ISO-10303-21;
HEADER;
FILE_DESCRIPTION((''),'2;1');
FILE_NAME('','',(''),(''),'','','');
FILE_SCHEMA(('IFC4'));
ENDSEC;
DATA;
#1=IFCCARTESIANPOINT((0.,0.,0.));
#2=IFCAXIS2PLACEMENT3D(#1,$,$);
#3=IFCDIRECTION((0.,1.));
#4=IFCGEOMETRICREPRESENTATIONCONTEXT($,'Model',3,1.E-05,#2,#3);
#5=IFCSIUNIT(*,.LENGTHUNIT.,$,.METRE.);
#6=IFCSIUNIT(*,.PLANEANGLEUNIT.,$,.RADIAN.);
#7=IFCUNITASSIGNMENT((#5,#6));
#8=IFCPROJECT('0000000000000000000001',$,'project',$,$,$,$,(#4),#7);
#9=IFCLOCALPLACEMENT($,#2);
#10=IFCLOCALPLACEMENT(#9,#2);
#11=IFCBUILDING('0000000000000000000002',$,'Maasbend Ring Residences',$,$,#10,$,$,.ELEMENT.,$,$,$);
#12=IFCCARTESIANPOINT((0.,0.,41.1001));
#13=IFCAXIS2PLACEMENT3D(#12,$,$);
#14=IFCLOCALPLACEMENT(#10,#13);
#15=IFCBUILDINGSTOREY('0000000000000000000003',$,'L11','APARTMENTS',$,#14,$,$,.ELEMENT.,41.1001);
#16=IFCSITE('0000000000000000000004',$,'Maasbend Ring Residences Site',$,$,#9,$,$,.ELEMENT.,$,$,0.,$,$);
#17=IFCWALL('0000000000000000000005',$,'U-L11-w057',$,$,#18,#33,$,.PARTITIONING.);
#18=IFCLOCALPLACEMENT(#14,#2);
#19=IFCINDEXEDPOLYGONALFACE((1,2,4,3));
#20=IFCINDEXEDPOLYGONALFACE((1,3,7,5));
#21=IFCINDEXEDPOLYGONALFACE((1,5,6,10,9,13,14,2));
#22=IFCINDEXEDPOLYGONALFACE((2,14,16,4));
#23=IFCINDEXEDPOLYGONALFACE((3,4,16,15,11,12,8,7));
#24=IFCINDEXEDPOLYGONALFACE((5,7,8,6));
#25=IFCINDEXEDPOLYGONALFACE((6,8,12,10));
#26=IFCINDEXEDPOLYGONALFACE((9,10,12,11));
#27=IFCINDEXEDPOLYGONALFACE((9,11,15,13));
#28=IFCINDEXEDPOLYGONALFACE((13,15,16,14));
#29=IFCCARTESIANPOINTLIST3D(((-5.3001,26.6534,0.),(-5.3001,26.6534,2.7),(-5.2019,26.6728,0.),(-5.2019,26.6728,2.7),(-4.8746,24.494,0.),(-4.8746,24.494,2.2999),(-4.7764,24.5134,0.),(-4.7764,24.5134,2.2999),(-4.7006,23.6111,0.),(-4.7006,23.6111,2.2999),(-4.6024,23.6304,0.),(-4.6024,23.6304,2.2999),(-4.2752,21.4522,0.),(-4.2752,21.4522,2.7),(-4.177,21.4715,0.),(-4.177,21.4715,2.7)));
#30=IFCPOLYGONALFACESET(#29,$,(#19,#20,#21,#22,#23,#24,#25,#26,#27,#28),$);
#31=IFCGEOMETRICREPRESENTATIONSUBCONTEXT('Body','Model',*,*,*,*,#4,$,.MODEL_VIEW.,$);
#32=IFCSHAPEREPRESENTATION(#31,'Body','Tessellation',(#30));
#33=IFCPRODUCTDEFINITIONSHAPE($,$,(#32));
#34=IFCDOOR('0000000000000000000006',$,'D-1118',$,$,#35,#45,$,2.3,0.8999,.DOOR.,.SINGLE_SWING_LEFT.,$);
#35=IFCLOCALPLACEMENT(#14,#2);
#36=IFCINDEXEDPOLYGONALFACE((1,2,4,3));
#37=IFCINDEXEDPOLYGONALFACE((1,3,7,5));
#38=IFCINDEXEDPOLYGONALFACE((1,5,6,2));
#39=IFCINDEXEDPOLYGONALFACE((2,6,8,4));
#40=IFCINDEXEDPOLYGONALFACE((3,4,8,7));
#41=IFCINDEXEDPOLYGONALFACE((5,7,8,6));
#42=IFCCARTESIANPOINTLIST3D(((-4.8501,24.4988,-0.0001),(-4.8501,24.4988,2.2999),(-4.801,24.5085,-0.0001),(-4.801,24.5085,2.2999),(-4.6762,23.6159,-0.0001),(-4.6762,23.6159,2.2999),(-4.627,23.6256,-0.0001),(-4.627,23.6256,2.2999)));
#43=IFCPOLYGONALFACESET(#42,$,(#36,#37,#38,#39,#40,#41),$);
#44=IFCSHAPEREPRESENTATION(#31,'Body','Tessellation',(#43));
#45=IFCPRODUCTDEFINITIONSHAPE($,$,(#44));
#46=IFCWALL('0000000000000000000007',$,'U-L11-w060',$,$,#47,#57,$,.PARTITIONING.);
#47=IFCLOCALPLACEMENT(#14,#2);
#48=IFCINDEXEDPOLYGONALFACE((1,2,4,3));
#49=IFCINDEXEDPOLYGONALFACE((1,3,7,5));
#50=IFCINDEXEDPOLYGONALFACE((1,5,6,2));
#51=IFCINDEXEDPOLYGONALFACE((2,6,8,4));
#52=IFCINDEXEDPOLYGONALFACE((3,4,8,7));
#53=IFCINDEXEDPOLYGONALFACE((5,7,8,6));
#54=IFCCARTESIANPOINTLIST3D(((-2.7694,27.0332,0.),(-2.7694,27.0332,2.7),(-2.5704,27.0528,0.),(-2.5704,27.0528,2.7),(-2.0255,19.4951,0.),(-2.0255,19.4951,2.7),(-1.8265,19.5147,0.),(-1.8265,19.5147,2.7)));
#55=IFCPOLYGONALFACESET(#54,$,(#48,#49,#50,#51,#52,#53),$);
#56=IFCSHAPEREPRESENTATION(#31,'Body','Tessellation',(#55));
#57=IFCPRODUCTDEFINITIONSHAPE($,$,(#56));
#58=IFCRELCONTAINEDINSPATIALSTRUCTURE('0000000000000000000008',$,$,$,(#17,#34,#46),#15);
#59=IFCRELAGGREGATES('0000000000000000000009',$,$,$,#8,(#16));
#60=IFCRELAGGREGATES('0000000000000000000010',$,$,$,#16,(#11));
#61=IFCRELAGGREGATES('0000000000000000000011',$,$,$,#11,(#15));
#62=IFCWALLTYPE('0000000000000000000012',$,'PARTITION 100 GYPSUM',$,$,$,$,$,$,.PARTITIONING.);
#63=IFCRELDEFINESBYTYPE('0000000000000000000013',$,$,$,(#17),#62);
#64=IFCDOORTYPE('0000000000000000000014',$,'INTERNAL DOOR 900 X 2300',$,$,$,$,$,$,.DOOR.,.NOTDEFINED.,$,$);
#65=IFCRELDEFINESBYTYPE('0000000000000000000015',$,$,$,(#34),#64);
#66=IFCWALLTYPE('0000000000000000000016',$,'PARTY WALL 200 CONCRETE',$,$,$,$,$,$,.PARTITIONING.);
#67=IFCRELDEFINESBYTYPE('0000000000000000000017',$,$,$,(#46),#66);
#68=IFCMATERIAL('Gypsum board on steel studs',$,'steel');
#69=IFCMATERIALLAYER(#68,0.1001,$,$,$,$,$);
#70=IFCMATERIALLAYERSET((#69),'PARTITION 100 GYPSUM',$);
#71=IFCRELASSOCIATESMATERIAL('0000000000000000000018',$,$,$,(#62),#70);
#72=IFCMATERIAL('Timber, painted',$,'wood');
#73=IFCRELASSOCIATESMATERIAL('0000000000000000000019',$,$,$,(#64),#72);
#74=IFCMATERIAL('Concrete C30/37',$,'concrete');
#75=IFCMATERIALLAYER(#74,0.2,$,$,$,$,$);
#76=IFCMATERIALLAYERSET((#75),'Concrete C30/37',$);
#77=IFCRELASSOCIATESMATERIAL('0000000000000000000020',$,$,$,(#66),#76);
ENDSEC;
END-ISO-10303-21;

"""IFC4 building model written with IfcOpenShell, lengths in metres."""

from ifc_helpers import new_model, si_unit, direction, frame, frame_2d, origin, place, context, subcontext, project, spatial, rectangle, extrude, material, layer, layer_set, type_object, element, fill, save


model = new_model("IFC4")

# Units and contexts
model_context = context("Model", 3, precision=1e-05, world=origin(), true_north=direction((0.0, 1.0)))
body_context = subcontext(model_context, "Body", "Model", "MODEL_VIEW")
ifc_project = project(units=[si_unit("LENGTHUNIT", "METRE"), si_unit("PLANEANGLEUNIT", "RADIAN")], contexts=[model_context])

# Site, building, storey
site_placement = place(None, origin())
site = spatial("IfcSite", under=ifc_project, at=site_placement, Name="Maasbend Ring Residences Site", CompositionType="ELEMENT", RefElevation=0.0)
building_placement = place(site_placement, origin())
building = spatial("IfcBuilding", under=site, at=building_placement, Name="Maasbend Ring Residences", CompositionType="ELEMENT")
storey_placement = place(building_placement, frame((0.0, 0.0, 41.1001)))
storey = spatial("IfcBuildingStorey", under=building, at=storey_placement, Name="L11", Description="APARTMENTS", CompositionType="ELEMENT", Elevation=41.1001)

# Shared definitions
ifc_material_1 = material(Name="Gypsum board on steel studs", Category="steel")
ifc_layer_1 = layer(ifc_material_1, 0.1001)
ifc_layer_set_1 = layer_set([ifc_layer_1], Name="PARTITION 100 GYPSUM")
wall_type_1 = type_object("IfcWallType", Name="PARTITION 100 GYPSUM", PredefinedType="PARTITIONING", material=ifc_layer_set_1)
ifc_material_2 = material(Name="Timber, painted", Category="wood")
door_type_1 = type_object("IfcDoorType", Name="INTERNAL DOOR 900 X 2300", OperationType="NOTDEFINED", PredefinedType="DOOR", material=ifc_material_2)

# Wall, opening, door
wall_1_placement = place(storey_placement, frame((-5.251, 26.6631, 0.0), z_axis=(0.0, 0.0, 1.0), x_axis=(0.193334, -0.981133, 0.0)))
wall_1 = element("IfcWall", 1, at=wall_1_placement, inside=storey, type_object=wall_type_1, Name="U-L11-w057", PredefinedType="PARTITIONING", context=body_context, shape_type="SweptSolid", body=[
    extrude(rectangle(XDim=5.3013, YDim=0.1001, at=frame_2d((2.6506, 0.0))), origin(), (0.0, 0.0, 1.0), 2.7),
])
opening_1_placement = place(wall_1_placement, frame((2.2009, 0.0, 0.0)))
opening_1 = element("IfcOpeningElement", 2, at=opening_1_placement, cuts=wall_1, PredefinedType="OPENING", context=body_context, shape_type="SweptSolid", body=[
    extrude(rectangle(XDim=0.8999, YDim=2.3, at=frame_2d((0.45, 1.1499))), frame((0.0, 0.0601, 0.0), z_axis=(0.0, -1.0, 0.0), x_axis=(1.0, 0.0, 0.0)), (0.0, 0.0, 1.0), 0.1201),
])
door_1_placement = place(opening_1_placement, origin())
door_1 = element("IfcDoor", 3, at=door_1_placement, inside=storey, type_object=door_type_1, Name="D-1118", OperationType="SINGLE_SWING_LEFT", OverallHeight=2.3, OverallWidth=0.8999, PredefinedType="DOOR", context=body_context, shape_type="SweptSolid", body=[
    extrude(rectangle(XDim=0.8999, YDim=2.3, at=frame_2d((0.45, 1.1499))), frame((0.0, 0.0249, 0.0), z_axis=(0.0, -1.0, 0.0), x_axis=(1.0, 0.0, 0.0)), (0.0, 0.0, 1.0), 0.05),
])
fill(opening_1, door_1)

# Wall
ifc_material_3 = material(Name="Concrete C30/37", Category="concrete")
ifc_layer_2 = layer(ifc_material_3, 0.2)
ifc_layer_set_2 = layer_set([ifc_layer_2], Name="Concrete C30/37")
wall_type_2 = type_object("IfcWallType", Name="PARTY WALL 200 CONCRETE", PredefinedType="PARTITIONING", material=ifc_layer_set_2)
wall_2_placement = place(storey_placement, frame((-2.6699, 27.043, 0.0), z_axis=(0.0, 0.0, 1.0), x_axis=(0.098208, -0.995166, 0.0)))
element("IfcWall", 4, at=wall_2_placement, inside=storey, type_object=wall_type_2, Name="U-L11-w060", PredefinedType="PARTITIONING", context=body_context, shape_type="SweptSolid", body=[
    extrude(rectangle(XDim=7.5747, YDim=0.2, at=frame_2d((3.7874, 0.0))), origin(), (0.0, 0.0, 1.0), 2.7),
])

save(model, "model.ifc")
